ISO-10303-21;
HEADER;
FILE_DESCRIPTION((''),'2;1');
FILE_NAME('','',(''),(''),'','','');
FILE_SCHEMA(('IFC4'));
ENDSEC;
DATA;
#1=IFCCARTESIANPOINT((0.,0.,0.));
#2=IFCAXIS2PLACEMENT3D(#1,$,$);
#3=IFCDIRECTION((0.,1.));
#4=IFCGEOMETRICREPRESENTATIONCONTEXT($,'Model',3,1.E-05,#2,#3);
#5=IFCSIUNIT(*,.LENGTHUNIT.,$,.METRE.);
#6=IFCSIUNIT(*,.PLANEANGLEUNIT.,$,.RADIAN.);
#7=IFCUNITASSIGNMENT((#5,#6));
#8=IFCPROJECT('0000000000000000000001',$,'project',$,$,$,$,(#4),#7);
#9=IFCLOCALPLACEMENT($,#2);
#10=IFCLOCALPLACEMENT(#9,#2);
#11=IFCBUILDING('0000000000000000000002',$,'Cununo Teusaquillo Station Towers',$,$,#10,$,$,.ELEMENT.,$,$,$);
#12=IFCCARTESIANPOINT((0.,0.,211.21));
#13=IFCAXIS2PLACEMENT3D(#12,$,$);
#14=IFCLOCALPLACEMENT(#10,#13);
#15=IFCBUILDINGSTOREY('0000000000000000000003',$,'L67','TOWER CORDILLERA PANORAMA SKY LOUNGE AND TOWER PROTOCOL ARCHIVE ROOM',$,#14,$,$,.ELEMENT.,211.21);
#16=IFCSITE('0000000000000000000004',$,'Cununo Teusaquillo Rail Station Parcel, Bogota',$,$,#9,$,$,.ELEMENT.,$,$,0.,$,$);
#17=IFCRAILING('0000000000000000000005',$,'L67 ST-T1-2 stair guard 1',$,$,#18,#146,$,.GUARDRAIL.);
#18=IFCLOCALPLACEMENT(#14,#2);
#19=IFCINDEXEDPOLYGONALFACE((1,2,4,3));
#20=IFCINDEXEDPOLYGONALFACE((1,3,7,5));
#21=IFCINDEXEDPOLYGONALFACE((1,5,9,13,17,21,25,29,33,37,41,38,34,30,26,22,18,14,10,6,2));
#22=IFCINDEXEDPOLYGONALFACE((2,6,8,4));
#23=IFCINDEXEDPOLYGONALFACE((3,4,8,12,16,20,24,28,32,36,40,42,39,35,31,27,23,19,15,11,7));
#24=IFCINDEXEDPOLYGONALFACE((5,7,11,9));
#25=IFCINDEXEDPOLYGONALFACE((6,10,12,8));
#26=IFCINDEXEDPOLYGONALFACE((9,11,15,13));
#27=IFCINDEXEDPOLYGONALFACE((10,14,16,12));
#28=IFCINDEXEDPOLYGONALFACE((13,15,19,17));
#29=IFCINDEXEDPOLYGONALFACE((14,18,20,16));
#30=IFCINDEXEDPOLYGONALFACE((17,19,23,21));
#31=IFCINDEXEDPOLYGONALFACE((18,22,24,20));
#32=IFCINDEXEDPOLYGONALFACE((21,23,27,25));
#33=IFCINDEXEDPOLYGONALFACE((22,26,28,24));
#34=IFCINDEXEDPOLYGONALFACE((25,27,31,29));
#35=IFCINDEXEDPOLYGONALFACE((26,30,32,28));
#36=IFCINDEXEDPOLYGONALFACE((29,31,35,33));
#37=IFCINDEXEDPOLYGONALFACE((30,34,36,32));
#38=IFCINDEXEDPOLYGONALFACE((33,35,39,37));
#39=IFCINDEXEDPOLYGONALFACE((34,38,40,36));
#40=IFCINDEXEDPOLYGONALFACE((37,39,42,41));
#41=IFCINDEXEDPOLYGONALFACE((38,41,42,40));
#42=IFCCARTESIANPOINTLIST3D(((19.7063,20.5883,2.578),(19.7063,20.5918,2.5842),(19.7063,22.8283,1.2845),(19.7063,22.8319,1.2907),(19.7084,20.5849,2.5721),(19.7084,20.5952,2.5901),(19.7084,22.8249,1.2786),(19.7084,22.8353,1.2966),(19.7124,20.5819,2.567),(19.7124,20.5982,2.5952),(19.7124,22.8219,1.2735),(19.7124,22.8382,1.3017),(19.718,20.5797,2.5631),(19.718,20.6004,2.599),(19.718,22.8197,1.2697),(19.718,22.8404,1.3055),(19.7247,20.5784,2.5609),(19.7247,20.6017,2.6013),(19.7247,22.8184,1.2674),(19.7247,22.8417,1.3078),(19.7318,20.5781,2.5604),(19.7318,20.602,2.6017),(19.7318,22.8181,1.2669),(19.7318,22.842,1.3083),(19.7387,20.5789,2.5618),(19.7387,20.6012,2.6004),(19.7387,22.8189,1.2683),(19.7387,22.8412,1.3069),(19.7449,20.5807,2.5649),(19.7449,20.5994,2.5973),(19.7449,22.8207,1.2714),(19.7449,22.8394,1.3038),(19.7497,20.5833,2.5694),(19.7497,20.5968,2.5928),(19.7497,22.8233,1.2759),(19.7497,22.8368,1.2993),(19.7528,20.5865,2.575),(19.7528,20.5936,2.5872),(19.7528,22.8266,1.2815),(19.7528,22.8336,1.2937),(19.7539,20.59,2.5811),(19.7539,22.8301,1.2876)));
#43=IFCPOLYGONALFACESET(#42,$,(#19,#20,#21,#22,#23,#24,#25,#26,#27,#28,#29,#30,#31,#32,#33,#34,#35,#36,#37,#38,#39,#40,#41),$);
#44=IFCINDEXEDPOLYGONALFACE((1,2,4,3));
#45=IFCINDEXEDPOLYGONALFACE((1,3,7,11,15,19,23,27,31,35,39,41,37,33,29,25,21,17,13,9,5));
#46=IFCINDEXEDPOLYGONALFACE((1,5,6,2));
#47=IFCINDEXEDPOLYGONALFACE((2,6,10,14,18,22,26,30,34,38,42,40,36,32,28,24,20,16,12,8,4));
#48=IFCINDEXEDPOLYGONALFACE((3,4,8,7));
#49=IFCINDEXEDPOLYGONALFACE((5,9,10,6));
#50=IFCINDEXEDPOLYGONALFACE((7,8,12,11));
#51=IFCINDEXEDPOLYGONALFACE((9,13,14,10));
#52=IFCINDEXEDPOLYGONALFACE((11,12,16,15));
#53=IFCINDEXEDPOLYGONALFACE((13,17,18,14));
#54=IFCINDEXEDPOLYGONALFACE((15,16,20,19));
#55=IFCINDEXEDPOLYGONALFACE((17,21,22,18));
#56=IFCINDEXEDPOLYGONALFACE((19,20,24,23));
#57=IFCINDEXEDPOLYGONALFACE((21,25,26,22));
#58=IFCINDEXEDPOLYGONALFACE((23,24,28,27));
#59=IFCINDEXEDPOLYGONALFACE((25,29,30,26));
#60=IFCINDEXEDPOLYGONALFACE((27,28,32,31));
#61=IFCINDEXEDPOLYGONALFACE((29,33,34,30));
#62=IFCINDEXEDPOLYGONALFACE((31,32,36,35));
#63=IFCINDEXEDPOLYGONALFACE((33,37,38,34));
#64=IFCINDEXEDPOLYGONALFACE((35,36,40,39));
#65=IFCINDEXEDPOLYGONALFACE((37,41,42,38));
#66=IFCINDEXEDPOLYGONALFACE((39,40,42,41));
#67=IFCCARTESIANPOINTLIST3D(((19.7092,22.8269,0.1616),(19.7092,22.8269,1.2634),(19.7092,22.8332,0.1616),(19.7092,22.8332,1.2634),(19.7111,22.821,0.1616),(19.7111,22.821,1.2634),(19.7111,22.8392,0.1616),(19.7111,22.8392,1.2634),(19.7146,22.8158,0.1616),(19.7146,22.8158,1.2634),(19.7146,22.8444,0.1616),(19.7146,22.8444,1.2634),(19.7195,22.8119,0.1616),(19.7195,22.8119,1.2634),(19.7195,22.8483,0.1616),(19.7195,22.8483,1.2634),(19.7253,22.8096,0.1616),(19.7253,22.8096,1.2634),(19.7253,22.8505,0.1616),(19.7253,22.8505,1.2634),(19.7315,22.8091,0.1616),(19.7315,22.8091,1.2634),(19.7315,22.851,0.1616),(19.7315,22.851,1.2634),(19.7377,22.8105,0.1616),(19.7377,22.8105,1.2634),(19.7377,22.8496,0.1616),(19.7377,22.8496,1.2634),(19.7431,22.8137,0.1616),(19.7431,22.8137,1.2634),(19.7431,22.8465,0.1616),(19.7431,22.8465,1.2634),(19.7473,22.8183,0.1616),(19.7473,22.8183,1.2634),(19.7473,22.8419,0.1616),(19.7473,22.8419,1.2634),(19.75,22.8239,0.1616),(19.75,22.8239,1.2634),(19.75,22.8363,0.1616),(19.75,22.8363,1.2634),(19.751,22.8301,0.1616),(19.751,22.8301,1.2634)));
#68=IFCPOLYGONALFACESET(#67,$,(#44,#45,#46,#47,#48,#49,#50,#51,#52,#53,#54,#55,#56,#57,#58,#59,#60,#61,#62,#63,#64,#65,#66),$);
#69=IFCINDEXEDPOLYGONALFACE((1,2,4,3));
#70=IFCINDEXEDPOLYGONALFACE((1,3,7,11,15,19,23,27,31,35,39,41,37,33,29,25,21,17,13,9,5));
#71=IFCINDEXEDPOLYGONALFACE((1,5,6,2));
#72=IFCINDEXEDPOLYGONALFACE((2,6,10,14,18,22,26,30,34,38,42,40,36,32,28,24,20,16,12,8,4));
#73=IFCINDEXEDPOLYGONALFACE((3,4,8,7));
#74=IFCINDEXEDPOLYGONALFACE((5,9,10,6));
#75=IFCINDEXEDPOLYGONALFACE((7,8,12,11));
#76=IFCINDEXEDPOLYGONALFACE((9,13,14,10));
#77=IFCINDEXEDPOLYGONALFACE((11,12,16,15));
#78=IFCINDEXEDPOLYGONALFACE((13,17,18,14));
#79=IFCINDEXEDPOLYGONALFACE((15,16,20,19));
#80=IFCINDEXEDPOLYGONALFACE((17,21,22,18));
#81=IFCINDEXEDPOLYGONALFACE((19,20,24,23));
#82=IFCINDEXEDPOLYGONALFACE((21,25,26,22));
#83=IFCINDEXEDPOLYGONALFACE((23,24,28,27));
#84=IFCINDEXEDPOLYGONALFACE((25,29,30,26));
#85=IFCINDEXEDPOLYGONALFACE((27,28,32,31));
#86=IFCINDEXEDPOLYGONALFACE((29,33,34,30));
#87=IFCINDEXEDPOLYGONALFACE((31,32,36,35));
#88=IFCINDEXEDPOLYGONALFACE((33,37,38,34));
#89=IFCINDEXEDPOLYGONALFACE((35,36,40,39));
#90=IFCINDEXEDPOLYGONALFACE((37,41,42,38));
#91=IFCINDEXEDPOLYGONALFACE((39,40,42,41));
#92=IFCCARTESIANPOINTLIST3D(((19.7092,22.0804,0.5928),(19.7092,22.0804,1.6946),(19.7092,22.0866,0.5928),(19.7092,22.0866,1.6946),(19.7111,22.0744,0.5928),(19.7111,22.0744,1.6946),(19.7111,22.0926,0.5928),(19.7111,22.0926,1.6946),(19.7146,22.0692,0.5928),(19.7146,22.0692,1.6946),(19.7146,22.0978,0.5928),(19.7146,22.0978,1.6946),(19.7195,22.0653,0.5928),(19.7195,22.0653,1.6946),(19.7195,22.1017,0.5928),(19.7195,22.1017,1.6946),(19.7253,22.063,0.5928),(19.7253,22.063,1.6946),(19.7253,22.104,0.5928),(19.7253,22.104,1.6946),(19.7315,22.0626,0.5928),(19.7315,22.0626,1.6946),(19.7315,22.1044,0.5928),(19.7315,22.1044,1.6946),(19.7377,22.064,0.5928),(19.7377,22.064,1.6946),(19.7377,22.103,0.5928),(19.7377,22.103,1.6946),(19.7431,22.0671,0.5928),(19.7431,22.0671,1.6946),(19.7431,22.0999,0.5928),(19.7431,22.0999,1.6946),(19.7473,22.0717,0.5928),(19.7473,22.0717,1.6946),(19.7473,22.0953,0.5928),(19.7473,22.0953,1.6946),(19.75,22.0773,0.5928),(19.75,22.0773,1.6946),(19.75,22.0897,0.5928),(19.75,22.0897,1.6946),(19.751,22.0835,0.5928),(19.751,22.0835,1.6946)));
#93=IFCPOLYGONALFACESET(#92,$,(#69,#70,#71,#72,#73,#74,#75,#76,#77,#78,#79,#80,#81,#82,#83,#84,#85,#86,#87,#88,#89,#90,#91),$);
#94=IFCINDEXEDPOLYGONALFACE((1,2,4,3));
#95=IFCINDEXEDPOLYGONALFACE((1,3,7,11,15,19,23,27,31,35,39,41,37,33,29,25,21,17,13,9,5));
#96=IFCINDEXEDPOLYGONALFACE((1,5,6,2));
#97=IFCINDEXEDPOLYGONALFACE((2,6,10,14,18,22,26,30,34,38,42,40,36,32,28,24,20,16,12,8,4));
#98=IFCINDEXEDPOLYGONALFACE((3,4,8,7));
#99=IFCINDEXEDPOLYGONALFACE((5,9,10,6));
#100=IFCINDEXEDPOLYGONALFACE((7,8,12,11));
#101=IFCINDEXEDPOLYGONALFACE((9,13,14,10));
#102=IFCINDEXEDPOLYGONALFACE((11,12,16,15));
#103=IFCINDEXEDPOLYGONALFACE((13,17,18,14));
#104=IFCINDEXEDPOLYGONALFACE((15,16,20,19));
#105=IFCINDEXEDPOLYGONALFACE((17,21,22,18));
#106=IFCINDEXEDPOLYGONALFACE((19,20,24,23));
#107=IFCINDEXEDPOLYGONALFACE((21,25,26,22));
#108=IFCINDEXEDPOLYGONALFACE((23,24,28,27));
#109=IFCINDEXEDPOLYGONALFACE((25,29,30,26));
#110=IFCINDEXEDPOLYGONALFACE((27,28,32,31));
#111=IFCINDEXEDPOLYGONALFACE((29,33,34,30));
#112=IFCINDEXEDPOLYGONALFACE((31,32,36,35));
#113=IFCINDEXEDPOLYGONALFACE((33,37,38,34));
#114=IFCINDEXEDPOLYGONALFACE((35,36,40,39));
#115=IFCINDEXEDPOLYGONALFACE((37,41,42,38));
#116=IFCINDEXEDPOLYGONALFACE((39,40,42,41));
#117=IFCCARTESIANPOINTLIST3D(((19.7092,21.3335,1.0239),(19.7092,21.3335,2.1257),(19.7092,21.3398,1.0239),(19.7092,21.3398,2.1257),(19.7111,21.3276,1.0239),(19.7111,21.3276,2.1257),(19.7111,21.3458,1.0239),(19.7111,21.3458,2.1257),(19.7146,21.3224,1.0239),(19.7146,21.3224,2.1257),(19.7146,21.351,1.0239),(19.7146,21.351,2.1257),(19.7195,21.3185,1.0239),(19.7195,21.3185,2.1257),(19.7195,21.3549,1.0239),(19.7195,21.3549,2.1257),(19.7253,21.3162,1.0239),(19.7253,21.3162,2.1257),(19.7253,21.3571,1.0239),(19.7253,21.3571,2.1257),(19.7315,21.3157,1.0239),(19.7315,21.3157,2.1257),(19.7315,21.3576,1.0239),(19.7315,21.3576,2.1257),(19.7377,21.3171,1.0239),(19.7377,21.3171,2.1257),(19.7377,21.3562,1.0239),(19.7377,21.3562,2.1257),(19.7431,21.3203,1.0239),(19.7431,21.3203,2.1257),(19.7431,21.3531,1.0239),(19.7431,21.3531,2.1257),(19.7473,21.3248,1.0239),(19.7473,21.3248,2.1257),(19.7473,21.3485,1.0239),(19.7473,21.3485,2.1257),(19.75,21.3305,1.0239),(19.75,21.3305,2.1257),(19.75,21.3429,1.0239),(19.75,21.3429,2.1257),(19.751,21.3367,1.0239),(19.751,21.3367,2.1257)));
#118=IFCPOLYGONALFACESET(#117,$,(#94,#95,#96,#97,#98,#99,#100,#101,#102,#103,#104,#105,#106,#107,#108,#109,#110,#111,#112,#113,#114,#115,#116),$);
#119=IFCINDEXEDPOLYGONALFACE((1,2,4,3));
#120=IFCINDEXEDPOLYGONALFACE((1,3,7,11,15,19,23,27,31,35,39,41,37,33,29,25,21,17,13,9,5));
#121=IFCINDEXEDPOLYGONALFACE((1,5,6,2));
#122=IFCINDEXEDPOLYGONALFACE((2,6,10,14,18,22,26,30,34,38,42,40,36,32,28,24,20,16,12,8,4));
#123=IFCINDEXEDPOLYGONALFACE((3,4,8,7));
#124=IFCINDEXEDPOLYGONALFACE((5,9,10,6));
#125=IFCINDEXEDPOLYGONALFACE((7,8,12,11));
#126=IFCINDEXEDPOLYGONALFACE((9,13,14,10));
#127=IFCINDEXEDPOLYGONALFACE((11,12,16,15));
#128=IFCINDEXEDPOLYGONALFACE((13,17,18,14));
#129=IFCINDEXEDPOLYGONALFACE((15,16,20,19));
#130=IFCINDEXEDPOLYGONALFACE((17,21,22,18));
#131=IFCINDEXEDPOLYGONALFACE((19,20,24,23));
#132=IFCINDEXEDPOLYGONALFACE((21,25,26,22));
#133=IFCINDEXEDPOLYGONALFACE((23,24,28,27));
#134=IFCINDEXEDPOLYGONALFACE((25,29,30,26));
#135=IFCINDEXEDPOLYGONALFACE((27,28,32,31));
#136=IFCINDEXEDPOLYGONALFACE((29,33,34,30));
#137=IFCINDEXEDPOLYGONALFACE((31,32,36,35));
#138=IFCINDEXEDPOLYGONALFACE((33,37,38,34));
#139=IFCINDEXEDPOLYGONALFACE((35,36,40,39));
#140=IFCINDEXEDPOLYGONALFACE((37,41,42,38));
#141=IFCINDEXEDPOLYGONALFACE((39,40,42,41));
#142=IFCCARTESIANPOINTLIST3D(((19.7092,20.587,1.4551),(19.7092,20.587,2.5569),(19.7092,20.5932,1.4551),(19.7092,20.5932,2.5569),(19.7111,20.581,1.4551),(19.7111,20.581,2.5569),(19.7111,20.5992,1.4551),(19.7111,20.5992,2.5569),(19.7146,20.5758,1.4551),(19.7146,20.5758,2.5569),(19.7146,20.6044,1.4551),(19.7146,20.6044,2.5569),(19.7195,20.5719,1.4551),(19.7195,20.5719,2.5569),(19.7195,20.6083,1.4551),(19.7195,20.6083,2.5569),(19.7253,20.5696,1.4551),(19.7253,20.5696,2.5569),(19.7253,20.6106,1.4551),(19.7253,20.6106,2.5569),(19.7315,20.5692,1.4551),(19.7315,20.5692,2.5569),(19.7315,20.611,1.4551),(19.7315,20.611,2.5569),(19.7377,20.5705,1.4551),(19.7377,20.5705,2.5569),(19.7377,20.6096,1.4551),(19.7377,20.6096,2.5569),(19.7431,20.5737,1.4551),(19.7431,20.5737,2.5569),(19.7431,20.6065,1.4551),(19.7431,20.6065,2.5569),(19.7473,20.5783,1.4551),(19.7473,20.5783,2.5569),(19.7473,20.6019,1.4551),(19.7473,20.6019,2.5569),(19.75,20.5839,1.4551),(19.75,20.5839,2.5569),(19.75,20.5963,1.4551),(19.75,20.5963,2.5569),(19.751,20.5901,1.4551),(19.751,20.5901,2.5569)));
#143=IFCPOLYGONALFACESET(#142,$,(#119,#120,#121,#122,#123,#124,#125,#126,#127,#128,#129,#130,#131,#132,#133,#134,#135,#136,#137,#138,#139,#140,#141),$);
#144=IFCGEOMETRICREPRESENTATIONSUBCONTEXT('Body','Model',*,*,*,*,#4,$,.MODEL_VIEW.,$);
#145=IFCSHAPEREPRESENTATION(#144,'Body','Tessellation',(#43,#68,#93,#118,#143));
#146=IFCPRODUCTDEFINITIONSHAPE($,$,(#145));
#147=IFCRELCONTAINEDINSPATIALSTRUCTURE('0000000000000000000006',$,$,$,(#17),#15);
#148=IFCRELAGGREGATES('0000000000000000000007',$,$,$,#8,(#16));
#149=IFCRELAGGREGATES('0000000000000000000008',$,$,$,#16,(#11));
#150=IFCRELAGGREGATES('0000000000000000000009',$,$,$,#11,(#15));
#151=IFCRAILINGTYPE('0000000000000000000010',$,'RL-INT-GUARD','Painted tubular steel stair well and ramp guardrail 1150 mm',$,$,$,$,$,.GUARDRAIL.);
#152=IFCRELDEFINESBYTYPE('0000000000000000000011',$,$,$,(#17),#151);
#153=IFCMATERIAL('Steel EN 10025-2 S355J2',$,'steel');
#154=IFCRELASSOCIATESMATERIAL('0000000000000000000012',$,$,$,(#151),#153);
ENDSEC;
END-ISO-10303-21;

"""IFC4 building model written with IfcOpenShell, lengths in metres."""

from ifc_helpers import new_model, si_unit, direction, frame, origin, origin_2d, place, context, subcontext, project, spatial, circle, extrude, material, type_object, element, save


model = new_model("IFC4")

# Units and contexts
model_context = context("Model", 3, precision=1e-05, world=origin(), true_north=direction((0.0, 1.0)))
body_context = subcontext(model_context, "Body", "Model", "MODEL_VIEW")
ifc_project = project(units=[si_unit("LENGTHUNIT", "METRE"), si_unit("PLANEANGLEUNIT", "RADIAN")], contexts=[model_context])

# Site, building, storey
site_placement = place(None, origin())
site = spatial("IfcSite", under=ifc_project, at=site_placement, Name="Cununo Teusaquillo Rail Station Parcel, Bogota", CompositionType="ELEMENT", RefElevation=0.0)
building_placement = place(site_placement, origin())
building = spatial("IfcBuilding", under=site, at=building_placement, Name="Cununo Teusaquillo Station Towers", CompositionType="ELEMENT")
storey_placement = place(building_placement, frame((0.0, 0.0, 211.21)))
storey = spatial("IfcBuildingStorey", under=building, at=storey_placement, Name="L67", Description="TOWER CORDILLERA PANORAMA SKY LOUNGE AND TOWER PROTOCOL ARCHIVE ROOM", CompositionType="ELEMENT", Elevation=211.21)

# Railing
ifc_material_1 = material(Name="Steel EN 10025-2 S355J2", Category="steel")
railing_type_1 = type_object("IfcRailingType", Name="RL-INT-GUARD", Description="Painted tubular steel stair well and ramp guardrail 1150 mm", PredefinedType="GUARDRAIL", material=ifc_material_1)
railing_1_placement = place(storey_placement, frame((19.73, 22.8301, 0.1616)))
element("IfcRailing", 1, at=railing_1_placement, inside=storey, type_object=railing_type_1, Name="L67 ST-T1-2 stair guard 1", PredefinedType="GUARDRAIL", context=body_context, shape_type="SweptSolid", body=[
    extrude(circle(Radius=0.0239, at=origin_2d()), frame((0.0, 0.0, 1.126), z_axis=(0.0, -0.865992, 0.500057), x_axis=(1.0, 0.0, 0.0)), (0.0, 0.0, 1.0), 2.5867),
    extrude(circle(Radius=0.021, at=origin_2d()), origin(), (0.0, 0.0, 1.0), 1.1018),
    extrude(circle(Radius=0.021, at=origin_2d()), frame((0.0, -0.7466, 0.4312)), (0.0, 0.0, 1.0), 1.1018),
    extrude(circle(Radius=0.021, at=origin_2d()), frame((0.0, -1.4934, 0.8623)), (0.0, 0.0, 1.0), 1.1018),
    extrude(circle(Radius=0.021, at=origin_2d()), frame((0.0, -2.24, 1.2935)), (0.0, 0.0, 1.0), 1.1018),
])

save(model, "model.ifc")
